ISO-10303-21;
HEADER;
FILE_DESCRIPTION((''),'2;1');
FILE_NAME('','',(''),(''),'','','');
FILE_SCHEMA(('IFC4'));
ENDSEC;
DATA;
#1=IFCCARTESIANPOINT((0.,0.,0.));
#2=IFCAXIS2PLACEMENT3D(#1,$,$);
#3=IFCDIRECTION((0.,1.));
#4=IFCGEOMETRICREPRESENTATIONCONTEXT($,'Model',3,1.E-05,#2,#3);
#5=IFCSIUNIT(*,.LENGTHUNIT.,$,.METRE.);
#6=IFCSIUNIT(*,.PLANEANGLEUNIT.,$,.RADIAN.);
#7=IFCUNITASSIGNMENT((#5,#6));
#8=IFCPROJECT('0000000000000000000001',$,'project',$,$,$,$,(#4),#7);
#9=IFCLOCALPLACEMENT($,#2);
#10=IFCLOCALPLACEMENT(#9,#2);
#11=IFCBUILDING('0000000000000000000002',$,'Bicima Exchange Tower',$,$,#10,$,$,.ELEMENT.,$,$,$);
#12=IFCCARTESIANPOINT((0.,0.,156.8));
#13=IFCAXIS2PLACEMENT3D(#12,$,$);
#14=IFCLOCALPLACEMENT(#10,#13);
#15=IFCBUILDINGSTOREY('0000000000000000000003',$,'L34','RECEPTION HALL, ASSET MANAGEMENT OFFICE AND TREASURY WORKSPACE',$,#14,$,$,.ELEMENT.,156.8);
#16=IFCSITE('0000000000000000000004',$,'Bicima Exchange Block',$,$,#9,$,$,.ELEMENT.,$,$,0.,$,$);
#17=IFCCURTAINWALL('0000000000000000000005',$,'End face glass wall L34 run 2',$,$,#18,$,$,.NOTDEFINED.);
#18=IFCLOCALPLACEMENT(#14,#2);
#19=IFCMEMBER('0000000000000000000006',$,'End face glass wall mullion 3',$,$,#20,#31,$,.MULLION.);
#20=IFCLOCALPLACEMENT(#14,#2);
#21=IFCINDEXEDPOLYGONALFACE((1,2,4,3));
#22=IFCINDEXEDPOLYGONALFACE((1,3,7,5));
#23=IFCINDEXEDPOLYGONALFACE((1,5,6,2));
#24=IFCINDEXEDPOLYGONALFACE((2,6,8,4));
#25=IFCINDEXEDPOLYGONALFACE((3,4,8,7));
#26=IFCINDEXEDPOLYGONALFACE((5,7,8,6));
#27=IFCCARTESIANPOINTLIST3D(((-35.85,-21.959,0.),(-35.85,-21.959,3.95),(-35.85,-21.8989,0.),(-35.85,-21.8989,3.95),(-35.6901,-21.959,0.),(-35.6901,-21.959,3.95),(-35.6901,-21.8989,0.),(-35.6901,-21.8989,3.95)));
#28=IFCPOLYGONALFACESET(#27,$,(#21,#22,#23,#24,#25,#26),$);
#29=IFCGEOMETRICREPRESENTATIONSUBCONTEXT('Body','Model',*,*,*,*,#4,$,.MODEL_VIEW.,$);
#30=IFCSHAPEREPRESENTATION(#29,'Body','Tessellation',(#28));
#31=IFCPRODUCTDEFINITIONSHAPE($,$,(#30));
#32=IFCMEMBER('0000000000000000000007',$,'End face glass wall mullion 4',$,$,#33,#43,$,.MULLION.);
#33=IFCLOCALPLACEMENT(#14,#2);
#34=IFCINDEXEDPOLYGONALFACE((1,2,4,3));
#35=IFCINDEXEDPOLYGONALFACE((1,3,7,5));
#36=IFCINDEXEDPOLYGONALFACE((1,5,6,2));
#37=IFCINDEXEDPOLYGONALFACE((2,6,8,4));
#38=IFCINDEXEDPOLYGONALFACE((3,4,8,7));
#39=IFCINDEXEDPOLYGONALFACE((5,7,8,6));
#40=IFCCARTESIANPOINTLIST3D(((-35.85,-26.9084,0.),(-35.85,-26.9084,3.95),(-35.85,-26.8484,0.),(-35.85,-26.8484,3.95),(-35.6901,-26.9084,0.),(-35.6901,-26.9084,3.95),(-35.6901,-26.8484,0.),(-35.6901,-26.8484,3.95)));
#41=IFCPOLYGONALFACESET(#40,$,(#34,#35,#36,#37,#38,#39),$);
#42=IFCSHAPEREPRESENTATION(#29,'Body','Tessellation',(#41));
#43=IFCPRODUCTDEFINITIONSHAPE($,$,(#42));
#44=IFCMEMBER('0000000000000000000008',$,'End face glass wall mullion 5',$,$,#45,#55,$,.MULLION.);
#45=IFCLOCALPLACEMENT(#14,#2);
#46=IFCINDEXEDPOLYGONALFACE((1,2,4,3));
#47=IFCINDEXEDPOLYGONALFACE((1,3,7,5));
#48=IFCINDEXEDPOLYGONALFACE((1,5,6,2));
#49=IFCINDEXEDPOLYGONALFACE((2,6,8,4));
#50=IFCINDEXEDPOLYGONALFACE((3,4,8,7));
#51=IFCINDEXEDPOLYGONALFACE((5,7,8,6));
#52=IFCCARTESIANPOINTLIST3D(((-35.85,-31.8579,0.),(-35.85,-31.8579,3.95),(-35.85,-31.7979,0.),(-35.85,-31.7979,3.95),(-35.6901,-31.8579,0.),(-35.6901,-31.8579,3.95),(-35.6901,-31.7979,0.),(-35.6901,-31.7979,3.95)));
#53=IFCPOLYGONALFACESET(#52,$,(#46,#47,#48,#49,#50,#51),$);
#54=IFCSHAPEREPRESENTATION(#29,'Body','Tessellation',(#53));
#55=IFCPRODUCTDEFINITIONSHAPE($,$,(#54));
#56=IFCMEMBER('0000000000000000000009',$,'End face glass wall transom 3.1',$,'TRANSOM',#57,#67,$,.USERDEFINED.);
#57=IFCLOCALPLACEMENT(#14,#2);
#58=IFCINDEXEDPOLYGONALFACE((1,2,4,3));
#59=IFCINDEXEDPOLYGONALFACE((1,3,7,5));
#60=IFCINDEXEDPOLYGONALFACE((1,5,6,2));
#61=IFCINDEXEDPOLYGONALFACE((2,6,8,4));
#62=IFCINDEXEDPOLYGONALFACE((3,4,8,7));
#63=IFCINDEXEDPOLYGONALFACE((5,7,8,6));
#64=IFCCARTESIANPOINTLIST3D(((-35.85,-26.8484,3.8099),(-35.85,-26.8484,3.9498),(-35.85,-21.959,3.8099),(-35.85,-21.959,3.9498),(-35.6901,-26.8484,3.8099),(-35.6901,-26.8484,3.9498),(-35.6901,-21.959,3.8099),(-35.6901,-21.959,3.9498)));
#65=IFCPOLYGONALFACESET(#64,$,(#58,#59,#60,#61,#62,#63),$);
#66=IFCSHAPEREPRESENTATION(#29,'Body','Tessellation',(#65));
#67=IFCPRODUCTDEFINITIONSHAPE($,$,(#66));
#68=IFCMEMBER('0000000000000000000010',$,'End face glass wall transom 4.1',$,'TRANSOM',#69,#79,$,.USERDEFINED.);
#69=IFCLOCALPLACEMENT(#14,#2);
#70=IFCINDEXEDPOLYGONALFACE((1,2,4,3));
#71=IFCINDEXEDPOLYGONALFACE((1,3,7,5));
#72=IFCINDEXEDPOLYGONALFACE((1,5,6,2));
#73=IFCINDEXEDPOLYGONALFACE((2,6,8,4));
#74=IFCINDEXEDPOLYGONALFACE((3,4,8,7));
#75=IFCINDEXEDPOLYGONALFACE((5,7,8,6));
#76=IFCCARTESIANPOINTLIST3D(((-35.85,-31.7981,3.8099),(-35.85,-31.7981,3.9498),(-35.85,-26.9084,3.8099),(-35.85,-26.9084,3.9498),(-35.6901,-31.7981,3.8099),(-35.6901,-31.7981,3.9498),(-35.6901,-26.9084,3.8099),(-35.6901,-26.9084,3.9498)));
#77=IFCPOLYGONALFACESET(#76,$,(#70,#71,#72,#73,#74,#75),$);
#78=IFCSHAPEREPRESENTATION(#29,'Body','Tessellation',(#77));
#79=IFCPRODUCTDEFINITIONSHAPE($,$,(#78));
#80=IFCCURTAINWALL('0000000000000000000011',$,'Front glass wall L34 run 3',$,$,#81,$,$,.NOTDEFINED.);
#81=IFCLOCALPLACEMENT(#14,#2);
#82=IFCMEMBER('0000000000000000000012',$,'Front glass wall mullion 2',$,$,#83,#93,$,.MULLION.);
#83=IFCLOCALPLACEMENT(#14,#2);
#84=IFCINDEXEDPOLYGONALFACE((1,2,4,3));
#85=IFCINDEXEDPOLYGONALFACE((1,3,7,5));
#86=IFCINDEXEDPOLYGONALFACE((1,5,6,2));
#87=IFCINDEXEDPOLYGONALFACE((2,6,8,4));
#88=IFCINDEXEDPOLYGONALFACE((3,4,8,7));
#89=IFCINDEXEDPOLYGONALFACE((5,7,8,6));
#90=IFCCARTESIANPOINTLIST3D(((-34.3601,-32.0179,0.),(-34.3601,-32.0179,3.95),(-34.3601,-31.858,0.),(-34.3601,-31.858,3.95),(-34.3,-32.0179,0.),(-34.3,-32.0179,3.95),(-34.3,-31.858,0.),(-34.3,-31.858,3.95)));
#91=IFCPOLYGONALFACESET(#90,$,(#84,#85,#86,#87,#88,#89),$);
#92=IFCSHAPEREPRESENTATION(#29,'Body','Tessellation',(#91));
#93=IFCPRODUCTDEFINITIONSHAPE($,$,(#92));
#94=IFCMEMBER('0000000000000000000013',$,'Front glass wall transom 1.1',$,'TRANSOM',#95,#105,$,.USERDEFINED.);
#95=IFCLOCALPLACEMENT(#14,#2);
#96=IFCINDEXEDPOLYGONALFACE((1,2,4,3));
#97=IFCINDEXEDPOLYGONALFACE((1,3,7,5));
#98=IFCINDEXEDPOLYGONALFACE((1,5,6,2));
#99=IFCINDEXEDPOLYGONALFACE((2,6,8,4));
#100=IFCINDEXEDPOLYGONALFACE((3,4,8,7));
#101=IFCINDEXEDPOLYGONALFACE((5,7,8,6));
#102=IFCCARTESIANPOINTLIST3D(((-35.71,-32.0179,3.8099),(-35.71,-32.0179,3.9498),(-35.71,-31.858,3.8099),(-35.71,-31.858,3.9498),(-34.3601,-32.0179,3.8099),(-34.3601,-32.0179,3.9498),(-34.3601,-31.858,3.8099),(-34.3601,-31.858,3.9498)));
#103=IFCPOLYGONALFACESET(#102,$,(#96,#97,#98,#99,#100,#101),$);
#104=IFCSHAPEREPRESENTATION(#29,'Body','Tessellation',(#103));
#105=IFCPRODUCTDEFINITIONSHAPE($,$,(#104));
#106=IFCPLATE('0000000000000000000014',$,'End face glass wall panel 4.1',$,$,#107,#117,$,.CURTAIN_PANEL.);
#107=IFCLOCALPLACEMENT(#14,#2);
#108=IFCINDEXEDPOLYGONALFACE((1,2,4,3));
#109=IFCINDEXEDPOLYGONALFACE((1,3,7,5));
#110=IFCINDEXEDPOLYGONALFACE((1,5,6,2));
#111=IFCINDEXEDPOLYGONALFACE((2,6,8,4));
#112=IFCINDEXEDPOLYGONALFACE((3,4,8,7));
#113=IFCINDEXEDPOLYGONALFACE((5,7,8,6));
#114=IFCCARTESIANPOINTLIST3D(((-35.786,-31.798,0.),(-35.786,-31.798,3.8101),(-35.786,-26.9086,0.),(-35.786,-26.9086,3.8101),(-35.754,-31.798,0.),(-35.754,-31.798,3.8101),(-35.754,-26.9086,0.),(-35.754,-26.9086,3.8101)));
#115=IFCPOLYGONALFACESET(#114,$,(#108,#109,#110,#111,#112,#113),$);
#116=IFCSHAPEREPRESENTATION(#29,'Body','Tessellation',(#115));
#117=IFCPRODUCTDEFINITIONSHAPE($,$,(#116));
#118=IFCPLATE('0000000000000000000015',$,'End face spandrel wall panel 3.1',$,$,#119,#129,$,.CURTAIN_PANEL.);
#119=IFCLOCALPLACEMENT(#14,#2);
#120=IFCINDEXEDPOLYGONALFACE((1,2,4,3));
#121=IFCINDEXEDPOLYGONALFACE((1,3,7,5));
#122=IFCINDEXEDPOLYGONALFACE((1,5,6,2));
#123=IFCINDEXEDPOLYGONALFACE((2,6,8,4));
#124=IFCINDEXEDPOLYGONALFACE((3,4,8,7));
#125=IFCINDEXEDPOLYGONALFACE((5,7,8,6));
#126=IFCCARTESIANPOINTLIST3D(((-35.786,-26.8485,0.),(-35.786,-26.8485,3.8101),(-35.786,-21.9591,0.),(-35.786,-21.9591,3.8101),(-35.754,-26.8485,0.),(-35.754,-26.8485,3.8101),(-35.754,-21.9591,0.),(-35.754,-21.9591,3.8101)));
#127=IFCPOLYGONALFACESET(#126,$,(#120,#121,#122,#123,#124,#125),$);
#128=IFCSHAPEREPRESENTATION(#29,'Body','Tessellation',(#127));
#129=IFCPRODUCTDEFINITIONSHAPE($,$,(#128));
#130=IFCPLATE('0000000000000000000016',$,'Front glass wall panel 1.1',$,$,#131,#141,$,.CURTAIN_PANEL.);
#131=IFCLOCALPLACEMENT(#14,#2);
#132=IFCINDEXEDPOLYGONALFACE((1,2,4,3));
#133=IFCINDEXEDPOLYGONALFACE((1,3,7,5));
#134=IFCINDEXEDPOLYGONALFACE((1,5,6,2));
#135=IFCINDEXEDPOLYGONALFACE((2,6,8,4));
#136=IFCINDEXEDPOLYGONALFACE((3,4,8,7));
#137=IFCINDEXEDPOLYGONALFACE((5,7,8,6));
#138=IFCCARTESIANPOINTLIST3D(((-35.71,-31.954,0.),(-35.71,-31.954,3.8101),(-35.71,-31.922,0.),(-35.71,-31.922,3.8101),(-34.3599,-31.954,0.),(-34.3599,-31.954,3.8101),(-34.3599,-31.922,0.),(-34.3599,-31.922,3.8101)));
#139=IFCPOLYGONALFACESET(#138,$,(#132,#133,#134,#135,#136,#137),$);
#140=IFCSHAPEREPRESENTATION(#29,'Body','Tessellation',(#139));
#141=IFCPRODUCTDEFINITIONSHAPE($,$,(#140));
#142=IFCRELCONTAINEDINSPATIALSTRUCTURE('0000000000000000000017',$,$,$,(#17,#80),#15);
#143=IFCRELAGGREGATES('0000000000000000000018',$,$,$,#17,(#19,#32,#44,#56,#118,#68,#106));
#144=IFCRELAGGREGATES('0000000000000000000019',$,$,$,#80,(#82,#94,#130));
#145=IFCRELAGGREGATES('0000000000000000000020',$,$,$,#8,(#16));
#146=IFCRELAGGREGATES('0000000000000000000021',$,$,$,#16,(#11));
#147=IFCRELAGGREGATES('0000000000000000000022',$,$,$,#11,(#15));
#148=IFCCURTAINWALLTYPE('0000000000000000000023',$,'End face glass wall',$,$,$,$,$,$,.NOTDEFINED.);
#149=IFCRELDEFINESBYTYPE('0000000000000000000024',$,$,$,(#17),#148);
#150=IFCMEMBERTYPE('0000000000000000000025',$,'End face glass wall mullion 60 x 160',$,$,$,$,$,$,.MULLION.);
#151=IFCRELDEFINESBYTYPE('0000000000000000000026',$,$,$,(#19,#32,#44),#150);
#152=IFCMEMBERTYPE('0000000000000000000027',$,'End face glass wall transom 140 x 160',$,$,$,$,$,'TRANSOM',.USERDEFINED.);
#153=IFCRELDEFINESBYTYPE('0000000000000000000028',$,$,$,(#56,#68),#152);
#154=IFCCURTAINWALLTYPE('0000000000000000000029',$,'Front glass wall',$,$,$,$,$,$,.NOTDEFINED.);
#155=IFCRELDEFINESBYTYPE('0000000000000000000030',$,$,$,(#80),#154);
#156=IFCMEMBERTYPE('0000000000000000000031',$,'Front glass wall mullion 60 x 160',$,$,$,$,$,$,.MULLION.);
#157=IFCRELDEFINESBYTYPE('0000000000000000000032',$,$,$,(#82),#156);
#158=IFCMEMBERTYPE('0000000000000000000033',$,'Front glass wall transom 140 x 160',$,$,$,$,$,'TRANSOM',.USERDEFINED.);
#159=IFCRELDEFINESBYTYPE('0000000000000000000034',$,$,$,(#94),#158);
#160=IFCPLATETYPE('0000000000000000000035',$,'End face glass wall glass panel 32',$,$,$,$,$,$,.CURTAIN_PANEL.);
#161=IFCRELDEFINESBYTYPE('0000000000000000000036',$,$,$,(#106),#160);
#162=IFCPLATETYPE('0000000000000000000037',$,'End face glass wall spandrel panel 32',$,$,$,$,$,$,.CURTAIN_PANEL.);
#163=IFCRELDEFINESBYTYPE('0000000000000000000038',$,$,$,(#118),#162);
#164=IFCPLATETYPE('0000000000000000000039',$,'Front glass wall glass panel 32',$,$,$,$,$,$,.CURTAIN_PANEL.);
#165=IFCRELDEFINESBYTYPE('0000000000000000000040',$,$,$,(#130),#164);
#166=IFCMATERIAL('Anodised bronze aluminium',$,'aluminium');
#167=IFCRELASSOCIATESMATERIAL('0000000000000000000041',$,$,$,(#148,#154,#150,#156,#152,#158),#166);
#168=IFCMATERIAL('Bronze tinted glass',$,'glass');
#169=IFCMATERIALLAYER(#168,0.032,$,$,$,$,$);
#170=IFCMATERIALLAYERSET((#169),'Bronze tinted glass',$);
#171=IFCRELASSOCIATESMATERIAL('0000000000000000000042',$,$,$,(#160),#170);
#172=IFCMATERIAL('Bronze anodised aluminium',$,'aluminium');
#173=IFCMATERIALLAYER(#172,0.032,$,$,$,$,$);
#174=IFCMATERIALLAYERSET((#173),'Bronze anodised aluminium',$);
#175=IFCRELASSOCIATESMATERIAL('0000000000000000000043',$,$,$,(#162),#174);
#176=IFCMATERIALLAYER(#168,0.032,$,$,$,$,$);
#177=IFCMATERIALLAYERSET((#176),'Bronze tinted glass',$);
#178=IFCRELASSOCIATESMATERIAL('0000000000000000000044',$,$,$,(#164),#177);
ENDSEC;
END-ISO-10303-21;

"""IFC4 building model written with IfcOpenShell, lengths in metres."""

from ifc_helpers import new_model, si_unit, direction, frame, origin, origin_2d, place, context, subcontext, project, spatial, rectangle, extrude, material, layer, layer_set, material_profile, profile_set, type_object, element, aggregate, save


model = new_model("IFC4")

# Units and contexts
model_context = context("Model", 3, precision=1e-05, world=origin(), true_north=direction((0.0, 1.0)))
body_context = subcontext(model_context, "Body", "Model", "MODEL_VIEW")
ifc_project = project(units=[si_unit("LENGTHUNIT", "METRE"), si_unit("PLANEANGLEUNIT", "RADIAN")], contexts=[model_context])

# Site, building, storey
site_placement = place(None, origin())
site = spatial("IfcSite", under=ifc_project, at=site_placement, Name="Bicima Exchange Block", CompositionType="ELEMENT", RefElevation=0.0)
building_placement = place(site_placement, origin())
building = spatial("IfcBuilding", under=site, at=building_placement, Name="Bicima Exchange Tower", CompositionType="ELEMENT")
storey_placement = place(building_placement, frame((0.0, 0.0, 156.8)))
storey = spatial("IfcBuildingStorey", under=building, at=storey_placement, Name="L34", Description="RECEPTION HALL, ASSET MANAGEMENT OFFICE AND TREASURY WORKSPACE", CompositionType="ELEMENT", Elevation=156.8)

# Curtain walls, members
ifc_material_1 = material(Name="Anodised bronze aluminium", Category="aluminium")
curtain_wall_type_1 = type_object("IfcCurtainWallType", Name="End face glass wall", PredefinedType="NOTDEFINED", material=ifc_material_1)
curtain_wall_1_placement = place(storey_placement, origin())
curtain_wall_1 = element("IfcCurtainWall", 1, at=curtain_wall_1_placement, inside=storey, type_object=curtain_wall_type_1, Name="End face glass wall L34 run 2", PredefinedType="NOTDEFINED")
ifc_material_profile_1 = material_profile(ifc_material_1, rectangle(XDim=0.1599, YDim=0.0601, at=origin_2d()))
ifc_profile_set_1 = profile_set([ifc_material_profile_1], Name="Anodised bronze aluminium")
member_type_1 = type_object("IfcMemberType", Name="End face glass wall mullion 60 x 160", PredefinedType="MULLION", material=ifc_profile_set_1)
member_1_placement = place(storey_placement, frame((-35.77, -21.929, 0.0), z_axis=(0.0, 0.0, 1.0), x_axis=(1.0, 0.0, 0.0)))
member_1 = element("IfcMember", 2, at=member_1_placement, type_object=member_type_1, Name="End face glass wall mullion 3", PredefinedType="MULLION", context=body_context, shape_type="SweptSolid", body=[
    extrude(rectangle(XDim=0.1599, YDim=0.0601, at=origin_2d()), origin(), (0.0, 0.0, 1.0), 3.95),
])
member_2_placement = place(storey_placement, frame((-35.77, -26.8784, 0.0), z_axis=(0.0, 0.0, 1.0), x_axis=(1.0, 0.0, 0.0)))
member_2 = element("IfcMember", 3, at=member_2_placement, type_object=member_type_1, Name="End face glass wall mullion 4", PredefinedType="MULLION", context=body_context, shape_type="SweptSolid", body=[
    extrude(rectangle(XDim=0.1599, YDim=0.0601, at=origin_2d()), origin(), (0.0, 0.0, 1.0), 3.95),
])
member_3_placement = place(storey_placement, frame((-35.77, -31.8279, 0.0), z_axis=(0.0, 0.0, 1.0), x_axis=(1.0, 0.0, 0.0)))
member_3 = element("IfcMember", 4, at=member_3_placement, type_object=member_type_1, Name="End face glass wall mullion 5", PredefinedType="MULLION", context=body_context, shape_type="SweptSolid", body=[
    extrude(rectangle(XDim=0.1599, YDim=0.0601, at=origin_2d()), origin(), (0.0, 0.0, 1.0), 3.95),
])
ifc_material_profile_2 = material_profile(ifc_material_1, rectangle(XDim=0.1599, YDim=0.1399, at=origin_2d()))
ifc_profile_set_2 = profile_set([ifc_material_profile_2], Name="Anodised bronze aluminium")
member_type_2 = type_object("IfcMemberType", Name="End face glass wall transom 140 x 160", ElementType="TRANSOM", PredefinedType="USERDEFINED", material=ifc_profile_set_2)
member_4_placement = place(storey_placement, frame((-35.77, -21.959, 3.8799), z_axis=(0.0, -1.0, 0.0), x_axis=(1.0, 0.0, 0.0)))
member_4 = element("IfcMember", 5, at=member_4_placement, type_object=member_type_2, Name="End face glass wall transom 3.1", ObjectType="TRANSOM", PredefinedType="USERDEFINED", context=body_context, shape_type="SweptSolid", body=[
    extrude(rectangle(XDim=0.1599, YDim=0.1399, at=origin_2d()), origin(), (0.0, 0.0, 1.0), 4.8894),
])
member_5_placement = place(storey_placement, frame((-35.77, -26.9084, 3.8799), z_axis=(0.0, -1.0, 0.0), x_axis=(1.0, 0.0, 0.0)))
member_5 = element("IfcMember", 6, at=member_5_placement, type_object=member_type_2, Name="End face glass wall transom 4.1", ObjectType="TRANSOM", PredefinedType="USERDEFINED", context=body_context, shape_type="SweptSolid", body=[
    extrude(rectangle(XDim=0.1599, YDim=0.1399, at=origin_2d()), origin(), (0.0, 0.0, 1.0), 4.8896),
])
curtain_wall_type_2 = type_object("IfcCurtainWallType", Name="Front glass wall", PredefinedType="NOTDEFINED", material=ifc_material_1)
curtain_wall_2_placement = place(storey_placement, origin())
curtain_wall_2 = element("IfcCurtainWall", 7, at=curtain_wall_2_placement, inside=storey, type_object=curtain_wall_type_2, Name="Front glass wall L34 run 3", PredefinedType="NOTDEFINED")
member_type_3 = type_object("IfcMemberType", Name="Front glass wall mullion 60 x 160", PredefinedType="MULLION", material=ifc_profile_set_1)
member_6_placement = place(storey_placement, frame((-34.3301, -31.938, 0.0), z_axis=(0.0, 0.0, 1.0), x_axis=(0.0, 1.0, 0.0)))
member_6 = element("IfcMember", 8, at=member_6_placement, type_object=member_type_3, Name="Front glass wall mullion 2", PredefinedType="MULLION", context=body_context, shape_type="SweptSolid", body=[
    extrude(rectangle(XDim=0.1599, YDim=0.0601, at=origin_2d()), origin(), (0.0, 0.0, 1.0), 3.95),
])
member_type_4 = type_object("IfcMemberType", Name="Front glass wall transom 140 x 160", ElementType="TRANSOM", PredefinedType="USERDEFINED", material=ifc_profile_set_2)
member_7_placement = place(storey_placement, frame((-35.71, -31.938, 3.8799), z_axis=(1.0, 0.0, 0.0), x_axis=(0.0, 1.0, 0.0)))
member_7 = element("IfcMember", 9, at=member_7_placement, type_object=member_type_4, Name="Front glass wall transom 1.1", ObjectType="TRANSOM", PredefinedType="USERDEFINED", context=body_context, shape_type="SweptSolid", body=[
    extrude(rectangle(XDim=0.1599, YDim=0.1399, at=origin_2d()), origin(), (0.0, 0.0, 1.0), 1.3499),
])

# Plates
ifc_material_2 = material(Name="Bronze tinted glass", Category="glass")
ifc_layer_1 = layer(ifc_material_2, 0.032)
ifc_layer_set_1 = layer_set([ifc_layer_1], Name="Bronze tinted glass")
plate_type_1 = type_object("IfcPlateType", Name="End face glass wall glass panel 32", PredefinedType="CURTAIN_PANEL", material=ifc_layer_set_1)
plate_1_placement = place(storey_placement, frame((-35.77, -29.3533, 0.0), z_axis=(0.0, 0.0, 1.0), x_axis=(0.0, -1.0, 0.0)))
plate_1 = element("IfcPlate", 10, at=plate_1_placement, type_object=plate_type_1, Name="End face glass wall panel 4.1", PredefinedType="CURTAIN_PANEL", context=body_context, shape_type="SweptSolid", body=[
    extrude(rectangle(XDim=4.8894, YDim=0.032, at=origin_2d()), origin(), (0.0, 0.0, 1.0), 3.8101),
])
ifc_material_3 = material(Name="Bronze anodised aluminium", Category="aluminium")
ifc_layer_2 = layer(ifc_material_3, 0.032)
ifc_layer_set_2 = layer_set([ifc_layer_2], Name="Bronze anodised aluminium")
plate_type_2 = type_object("IfcPlateType", Name="End face glass wall spandrel panel 32", PredefinedType="CURTAIN_PANEL", material=ifc_layer_set_2)
plate_2_placement = place(storey_placement, frame((-35.77, -24.4038, 0.0), z_axis=(0.0, 0.0, 1.0), x_axis=(0.0, -1.0, 0.0)))
plate_2 = element("IfcPlate", 11, at=plate_2_placement, type_object=plate_type_2, Name="End face spandrel wall panel 3.1", PredefinedType="CURTAIN_PANEL", context=body_context, shape_type="SweptSolid", body=[
    extrude(rectangle(XDim=4.8894, YDim=0.032, at=origin_2d()), origin(), (0.0, 0.0, 1.0), 3.8101),
])
aggregate(curtain_wall_1, [member_1, member_2, member_3, member_4, plate_2, member_5, plate_1])
ifc_layer_3 = layer(ifc_material_2, 0.032)
ifc_layer_set_3 = layer_set([ifc_layer_3], Name="Bronze tinted glass")
plate_type_3 = type_object("IfcPlateType", Name="Front glass wall glass panel 32", PredefinedType="CURTAIN_PANEL", material=ifc_layer_set_3)
plate_3_placement = place(storey_placement, frame((-35.0349, -31.938, 0.0), z_axis=(0.0, 0.0, 1.0), x_axis=(1.0, 0.0, 0.0)))
plate_3 = element("IfcPlate", 12, at=plate_3_placement, type_object=plate_type_3, Name="Front glass wall panel 1.1", PredefinedType="CURTAIN_PANEL", context=body_context, shape_type="SweptSolid", body=[
    extrude(rectangle(XDim=1.3501, YDim=0.032, at=origin_2d()), origin(), (0.0, 0.0, 1.0), 3.8101),
])
aggregate(curtain_wall_2, [member_6, member_7, plate_3])

save(model, "model.ifc")
